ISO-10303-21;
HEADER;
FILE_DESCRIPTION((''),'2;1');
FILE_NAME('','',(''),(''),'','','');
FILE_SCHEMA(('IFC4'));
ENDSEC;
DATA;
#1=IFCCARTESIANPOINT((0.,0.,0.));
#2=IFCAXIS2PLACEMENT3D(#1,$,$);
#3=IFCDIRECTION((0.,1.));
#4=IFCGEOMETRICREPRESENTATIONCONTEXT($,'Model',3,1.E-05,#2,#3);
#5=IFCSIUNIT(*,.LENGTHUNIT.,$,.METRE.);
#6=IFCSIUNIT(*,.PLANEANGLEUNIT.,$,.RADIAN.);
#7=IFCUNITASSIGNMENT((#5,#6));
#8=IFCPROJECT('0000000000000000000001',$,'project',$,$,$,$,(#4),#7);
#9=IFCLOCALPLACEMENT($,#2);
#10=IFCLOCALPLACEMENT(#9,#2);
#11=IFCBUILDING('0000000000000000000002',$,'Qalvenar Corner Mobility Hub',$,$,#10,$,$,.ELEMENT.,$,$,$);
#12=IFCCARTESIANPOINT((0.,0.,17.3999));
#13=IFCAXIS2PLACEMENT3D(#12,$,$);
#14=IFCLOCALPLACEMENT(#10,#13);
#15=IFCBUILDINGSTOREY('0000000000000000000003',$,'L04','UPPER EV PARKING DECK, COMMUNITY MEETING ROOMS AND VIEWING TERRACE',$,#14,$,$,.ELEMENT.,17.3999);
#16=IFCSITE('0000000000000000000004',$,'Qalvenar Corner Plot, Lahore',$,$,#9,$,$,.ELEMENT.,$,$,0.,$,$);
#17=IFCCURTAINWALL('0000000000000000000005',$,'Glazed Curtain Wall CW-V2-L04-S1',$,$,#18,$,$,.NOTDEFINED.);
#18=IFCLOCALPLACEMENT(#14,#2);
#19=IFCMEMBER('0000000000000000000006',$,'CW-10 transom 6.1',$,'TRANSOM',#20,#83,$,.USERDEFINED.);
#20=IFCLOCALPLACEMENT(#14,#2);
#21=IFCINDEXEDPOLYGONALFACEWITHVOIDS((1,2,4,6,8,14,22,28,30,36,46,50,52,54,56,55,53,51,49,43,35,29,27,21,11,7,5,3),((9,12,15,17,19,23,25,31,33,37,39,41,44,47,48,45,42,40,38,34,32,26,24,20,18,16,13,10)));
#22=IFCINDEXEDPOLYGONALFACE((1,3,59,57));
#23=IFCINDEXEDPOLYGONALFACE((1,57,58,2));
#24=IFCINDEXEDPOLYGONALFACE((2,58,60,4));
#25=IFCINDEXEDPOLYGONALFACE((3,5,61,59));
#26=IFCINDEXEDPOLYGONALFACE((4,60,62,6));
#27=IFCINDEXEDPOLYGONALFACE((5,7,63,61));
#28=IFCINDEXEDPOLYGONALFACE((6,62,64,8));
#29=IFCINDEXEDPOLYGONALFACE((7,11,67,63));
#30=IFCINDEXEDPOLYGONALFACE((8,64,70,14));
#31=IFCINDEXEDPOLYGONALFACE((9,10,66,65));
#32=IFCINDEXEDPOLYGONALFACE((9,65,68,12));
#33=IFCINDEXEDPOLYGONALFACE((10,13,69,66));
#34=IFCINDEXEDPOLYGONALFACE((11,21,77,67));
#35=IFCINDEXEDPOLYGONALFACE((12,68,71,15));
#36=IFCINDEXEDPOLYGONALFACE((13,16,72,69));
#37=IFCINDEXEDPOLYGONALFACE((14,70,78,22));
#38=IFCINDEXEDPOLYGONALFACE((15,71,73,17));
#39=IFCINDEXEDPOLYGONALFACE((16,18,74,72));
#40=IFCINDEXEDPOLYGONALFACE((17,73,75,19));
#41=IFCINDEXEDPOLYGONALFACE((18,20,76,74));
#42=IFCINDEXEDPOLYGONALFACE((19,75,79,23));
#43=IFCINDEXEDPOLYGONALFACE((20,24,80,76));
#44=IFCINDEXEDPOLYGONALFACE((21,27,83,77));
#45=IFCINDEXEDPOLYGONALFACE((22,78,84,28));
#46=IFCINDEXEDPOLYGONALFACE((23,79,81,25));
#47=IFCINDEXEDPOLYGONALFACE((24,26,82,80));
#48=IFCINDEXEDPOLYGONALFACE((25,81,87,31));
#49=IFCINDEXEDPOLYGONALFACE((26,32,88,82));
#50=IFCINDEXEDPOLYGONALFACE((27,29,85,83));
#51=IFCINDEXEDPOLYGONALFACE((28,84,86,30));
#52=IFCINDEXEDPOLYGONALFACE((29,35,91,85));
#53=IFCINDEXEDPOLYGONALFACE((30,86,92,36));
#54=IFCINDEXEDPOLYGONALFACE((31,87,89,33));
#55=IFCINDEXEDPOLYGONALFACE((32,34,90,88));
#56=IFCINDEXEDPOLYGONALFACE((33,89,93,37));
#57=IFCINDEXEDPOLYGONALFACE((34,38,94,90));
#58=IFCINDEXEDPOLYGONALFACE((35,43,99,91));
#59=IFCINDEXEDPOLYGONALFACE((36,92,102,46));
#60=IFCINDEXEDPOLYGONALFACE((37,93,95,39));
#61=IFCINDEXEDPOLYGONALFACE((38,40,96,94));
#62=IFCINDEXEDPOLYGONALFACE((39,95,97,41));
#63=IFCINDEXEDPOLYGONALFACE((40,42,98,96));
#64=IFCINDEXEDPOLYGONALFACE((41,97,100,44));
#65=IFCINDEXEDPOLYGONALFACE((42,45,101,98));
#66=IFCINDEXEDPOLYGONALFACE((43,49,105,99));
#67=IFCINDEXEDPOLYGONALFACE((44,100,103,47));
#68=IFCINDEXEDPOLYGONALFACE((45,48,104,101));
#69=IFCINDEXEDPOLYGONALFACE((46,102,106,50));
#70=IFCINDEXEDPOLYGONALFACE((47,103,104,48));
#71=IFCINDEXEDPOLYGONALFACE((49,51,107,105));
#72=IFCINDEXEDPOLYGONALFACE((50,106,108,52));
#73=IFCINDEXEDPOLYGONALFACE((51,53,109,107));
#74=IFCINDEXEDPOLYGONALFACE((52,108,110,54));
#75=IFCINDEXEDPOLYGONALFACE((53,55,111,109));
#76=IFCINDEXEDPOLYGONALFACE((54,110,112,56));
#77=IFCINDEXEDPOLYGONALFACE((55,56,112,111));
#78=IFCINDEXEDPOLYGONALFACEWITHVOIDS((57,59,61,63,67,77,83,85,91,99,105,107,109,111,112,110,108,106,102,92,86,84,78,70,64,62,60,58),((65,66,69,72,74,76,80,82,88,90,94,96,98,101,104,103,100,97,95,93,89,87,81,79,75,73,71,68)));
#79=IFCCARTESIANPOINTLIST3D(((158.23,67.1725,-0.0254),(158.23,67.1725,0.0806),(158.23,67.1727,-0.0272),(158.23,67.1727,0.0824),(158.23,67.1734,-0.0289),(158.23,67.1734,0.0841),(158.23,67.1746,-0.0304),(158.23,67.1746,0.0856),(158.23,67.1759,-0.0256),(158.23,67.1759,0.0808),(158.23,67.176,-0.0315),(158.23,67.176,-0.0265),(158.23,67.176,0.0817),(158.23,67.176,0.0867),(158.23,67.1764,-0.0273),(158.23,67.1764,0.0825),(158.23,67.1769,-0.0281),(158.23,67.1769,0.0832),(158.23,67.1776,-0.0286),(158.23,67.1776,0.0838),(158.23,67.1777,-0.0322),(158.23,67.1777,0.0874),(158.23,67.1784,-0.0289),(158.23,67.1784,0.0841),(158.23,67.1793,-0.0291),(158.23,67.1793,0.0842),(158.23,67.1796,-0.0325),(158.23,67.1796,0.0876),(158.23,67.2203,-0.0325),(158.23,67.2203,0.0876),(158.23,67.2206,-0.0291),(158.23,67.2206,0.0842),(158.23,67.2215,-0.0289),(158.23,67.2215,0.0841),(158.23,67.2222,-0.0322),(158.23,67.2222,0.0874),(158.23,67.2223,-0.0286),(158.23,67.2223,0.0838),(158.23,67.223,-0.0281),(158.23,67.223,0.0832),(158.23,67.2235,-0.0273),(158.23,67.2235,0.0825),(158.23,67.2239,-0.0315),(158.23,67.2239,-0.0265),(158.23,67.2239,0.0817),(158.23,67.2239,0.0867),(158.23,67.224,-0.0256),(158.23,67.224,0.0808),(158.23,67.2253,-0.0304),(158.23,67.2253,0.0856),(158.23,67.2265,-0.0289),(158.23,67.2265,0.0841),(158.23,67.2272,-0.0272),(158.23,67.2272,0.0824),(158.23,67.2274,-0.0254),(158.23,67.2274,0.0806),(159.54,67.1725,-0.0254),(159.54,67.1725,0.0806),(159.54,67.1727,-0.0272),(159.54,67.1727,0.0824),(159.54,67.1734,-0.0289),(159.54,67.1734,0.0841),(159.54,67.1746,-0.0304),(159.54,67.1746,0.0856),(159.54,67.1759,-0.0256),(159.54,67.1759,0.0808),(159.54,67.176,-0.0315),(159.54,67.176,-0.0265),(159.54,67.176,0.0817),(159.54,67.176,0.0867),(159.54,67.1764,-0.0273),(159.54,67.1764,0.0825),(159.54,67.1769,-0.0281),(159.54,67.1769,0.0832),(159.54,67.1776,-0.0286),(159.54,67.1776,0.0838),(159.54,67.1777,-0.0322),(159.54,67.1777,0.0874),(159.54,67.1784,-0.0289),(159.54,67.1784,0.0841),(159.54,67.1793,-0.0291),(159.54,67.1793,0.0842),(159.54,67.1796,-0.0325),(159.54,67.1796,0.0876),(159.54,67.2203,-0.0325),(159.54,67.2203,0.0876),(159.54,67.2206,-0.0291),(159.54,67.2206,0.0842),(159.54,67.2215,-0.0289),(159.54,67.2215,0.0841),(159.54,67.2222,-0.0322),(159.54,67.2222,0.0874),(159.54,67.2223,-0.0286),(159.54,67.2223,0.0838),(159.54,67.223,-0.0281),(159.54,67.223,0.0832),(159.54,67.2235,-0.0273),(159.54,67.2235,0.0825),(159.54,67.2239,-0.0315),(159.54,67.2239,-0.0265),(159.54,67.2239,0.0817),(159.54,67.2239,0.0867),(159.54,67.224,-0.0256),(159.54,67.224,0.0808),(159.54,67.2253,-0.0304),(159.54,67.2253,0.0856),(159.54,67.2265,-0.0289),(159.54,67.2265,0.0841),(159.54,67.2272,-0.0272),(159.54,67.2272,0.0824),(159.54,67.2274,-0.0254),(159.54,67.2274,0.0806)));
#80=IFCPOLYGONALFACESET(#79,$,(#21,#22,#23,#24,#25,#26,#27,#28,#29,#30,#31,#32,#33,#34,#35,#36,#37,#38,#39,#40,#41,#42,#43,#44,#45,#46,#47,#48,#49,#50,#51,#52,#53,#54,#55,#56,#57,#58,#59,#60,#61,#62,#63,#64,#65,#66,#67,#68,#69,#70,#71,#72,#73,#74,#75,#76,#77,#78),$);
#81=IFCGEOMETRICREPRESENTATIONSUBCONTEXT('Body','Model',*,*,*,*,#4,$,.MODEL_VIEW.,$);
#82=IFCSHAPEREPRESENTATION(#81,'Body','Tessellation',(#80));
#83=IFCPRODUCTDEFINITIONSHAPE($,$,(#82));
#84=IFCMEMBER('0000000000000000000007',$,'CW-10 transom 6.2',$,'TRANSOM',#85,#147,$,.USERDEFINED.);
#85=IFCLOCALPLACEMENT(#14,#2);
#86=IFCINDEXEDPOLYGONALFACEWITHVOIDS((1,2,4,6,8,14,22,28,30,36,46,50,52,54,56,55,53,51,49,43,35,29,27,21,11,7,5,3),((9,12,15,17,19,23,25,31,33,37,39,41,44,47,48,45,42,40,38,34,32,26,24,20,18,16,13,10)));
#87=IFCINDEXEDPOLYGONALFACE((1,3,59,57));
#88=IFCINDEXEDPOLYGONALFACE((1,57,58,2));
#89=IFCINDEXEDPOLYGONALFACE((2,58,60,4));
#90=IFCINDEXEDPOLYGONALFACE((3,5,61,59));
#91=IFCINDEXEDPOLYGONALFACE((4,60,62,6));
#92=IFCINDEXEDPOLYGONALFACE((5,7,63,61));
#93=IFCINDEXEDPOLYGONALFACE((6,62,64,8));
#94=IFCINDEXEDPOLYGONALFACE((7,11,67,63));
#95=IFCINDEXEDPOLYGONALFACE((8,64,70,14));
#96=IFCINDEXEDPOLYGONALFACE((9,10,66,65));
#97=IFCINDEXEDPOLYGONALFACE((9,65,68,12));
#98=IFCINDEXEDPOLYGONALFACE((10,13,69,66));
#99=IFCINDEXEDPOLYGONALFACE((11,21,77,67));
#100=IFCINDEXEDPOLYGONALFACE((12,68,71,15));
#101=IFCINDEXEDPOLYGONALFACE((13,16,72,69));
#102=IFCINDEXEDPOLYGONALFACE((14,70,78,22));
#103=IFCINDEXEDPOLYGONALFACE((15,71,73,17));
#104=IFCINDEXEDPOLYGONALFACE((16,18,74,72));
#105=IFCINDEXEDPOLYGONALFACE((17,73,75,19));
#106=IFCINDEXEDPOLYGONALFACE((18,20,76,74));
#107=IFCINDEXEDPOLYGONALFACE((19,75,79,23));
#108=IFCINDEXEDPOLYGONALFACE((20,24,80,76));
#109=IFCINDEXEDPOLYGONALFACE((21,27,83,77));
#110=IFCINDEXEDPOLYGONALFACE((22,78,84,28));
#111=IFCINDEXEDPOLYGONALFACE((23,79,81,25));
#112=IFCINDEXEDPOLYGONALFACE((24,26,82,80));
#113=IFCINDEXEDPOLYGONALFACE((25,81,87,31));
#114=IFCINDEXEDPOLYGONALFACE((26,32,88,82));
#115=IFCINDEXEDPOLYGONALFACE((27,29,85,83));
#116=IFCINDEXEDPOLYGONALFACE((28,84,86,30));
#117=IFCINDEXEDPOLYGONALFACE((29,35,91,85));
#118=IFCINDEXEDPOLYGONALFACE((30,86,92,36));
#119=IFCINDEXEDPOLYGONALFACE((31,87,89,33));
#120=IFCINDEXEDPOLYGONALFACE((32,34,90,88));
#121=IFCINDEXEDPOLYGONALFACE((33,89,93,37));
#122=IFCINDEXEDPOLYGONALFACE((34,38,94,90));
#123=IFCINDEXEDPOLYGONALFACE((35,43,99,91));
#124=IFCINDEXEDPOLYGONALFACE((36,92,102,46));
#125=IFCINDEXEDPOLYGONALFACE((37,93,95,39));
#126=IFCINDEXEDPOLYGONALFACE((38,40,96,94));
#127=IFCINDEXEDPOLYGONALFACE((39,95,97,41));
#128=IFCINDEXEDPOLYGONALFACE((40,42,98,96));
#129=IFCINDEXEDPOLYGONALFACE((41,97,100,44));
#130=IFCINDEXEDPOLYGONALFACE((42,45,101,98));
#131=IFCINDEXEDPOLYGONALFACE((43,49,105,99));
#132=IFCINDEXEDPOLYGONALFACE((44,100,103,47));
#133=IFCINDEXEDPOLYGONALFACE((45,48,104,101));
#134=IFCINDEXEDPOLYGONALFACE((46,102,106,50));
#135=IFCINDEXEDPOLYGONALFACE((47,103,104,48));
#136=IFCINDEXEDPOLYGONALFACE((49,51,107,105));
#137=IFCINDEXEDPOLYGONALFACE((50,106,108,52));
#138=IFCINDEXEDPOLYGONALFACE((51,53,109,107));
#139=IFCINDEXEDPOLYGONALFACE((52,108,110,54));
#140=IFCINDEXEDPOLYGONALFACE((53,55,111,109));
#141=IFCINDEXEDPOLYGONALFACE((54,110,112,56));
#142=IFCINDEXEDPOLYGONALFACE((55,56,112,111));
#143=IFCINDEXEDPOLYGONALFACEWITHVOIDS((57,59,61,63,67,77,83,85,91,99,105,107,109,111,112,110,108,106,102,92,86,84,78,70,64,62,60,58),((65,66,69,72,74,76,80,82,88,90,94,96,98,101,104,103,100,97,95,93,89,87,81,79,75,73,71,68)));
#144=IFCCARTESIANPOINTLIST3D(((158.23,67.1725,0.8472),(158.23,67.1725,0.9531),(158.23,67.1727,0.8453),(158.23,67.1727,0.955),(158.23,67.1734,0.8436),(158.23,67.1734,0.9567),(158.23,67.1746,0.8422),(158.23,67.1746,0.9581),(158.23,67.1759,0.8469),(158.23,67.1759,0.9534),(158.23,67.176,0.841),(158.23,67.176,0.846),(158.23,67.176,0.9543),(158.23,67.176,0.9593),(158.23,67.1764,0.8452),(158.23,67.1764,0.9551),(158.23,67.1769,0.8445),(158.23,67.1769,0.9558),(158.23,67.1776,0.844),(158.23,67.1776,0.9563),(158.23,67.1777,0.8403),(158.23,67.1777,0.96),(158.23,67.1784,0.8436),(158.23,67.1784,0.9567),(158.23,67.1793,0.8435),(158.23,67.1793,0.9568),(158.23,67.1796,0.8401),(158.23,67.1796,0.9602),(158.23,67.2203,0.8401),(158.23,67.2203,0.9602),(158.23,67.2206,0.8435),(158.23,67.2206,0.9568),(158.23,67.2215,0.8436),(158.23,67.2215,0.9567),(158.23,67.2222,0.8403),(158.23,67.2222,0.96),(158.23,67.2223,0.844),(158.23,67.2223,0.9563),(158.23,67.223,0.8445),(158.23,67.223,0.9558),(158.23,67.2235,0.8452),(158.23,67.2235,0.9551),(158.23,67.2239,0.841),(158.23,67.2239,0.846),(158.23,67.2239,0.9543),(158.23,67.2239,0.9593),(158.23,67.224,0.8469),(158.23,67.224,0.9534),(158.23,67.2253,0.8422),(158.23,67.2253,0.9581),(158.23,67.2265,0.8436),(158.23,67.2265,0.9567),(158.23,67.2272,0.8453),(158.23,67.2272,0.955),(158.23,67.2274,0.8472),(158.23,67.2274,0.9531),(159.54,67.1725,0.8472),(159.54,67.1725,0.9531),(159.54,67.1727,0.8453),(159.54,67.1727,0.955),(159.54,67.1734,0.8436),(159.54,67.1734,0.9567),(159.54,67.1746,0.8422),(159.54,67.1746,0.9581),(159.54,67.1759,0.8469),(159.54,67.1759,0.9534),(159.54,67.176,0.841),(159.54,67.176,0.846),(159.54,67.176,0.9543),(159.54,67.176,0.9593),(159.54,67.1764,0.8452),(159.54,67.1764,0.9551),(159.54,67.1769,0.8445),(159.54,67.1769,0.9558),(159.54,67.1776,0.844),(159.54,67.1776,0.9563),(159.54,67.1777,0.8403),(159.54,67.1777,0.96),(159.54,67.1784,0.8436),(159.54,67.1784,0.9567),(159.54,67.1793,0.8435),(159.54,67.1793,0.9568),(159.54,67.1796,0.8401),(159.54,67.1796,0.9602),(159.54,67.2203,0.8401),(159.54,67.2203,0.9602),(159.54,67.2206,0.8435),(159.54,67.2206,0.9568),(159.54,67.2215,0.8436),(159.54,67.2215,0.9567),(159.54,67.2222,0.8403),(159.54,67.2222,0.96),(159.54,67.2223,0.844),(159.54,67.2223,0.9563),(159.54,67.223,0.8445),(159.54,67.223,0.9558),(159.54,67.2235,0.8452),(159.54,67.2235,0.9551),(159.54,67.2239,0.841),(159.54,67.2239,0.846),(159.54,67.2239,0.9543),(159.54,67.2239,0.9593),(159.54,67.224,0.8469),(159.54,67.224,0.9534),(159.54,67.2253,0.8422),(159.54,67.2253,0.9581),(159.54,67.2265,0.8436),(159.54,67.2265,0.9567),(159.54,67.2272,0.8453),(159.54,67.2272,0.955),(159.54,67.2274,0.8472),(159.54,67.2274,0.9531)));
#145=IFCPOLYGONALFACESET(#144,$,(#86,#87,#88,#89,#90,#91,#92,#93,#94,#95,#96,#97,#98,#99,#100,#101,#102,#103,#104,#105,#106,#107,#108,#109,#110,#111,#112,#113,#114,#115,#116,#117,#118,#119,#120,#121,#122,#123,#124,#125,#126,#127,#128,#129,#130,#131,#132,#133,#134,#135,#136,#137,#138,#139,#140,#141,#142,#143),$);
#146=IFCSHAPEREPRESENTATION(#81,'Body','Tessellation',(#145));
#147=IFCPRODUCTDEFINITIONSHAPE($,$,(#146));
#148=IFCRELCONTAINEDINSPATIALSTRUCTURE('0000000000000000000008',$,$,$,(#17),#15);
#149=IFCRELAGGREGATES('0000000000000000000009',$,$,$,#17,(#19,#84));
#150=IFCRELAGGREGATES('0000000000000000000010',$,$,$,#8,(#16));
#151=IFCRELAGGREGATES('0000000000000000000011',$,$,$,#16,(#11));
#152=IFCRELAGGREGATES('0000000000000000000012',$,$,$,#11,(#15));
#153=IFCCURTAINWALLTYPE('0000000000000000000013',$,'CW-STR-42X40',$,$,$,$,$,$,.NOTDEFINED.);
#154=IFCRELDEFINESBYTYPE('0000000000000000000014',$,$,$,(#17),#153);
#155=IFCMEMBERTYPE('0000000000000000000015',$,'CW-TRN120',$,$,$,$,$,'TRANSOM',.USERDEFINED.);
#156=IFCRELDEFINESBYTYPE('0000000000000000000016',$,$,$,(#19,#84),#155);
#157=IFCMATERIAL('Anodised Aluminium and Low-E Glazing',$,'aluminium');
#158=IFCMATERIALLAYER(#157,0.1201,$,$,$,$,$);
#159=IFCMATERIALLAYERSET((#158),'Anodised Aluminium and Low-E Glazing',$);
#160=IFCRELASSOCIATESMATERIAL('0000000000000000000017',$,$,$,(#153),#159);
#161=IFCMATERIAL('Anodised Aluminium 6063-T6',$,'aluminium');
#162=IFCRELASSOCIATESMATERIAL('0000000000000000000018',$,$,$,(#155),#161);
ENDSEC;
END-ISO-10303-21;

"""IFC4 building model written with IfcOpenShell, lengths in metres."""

from ifc_helpers import new_model, si_unit, direction, frame, origin, origin_2d, place, context, subcontext, project, spatial, hollow_rectangle, extrude, material, layer, layer_set, material_profile, profile_set, type_object, element, aggregate, save


model = new_model("IFC4")

# Units and contexts
model_context = context("Model", 3, precision=1e-05, world=origin(), true_north=direction((0.0, 1.0)))
body_context = subcontext(model_context, "Body", "Model", "MODEL_VIEW")
ifc_project = project(units=[si_unit("LENGTHUNIT", "METRE"), si_unit("PLANEANGLEUNIT", "RADIAN")], contexts=[model_context])

# Site, building, storey
site_placement = place(None, origin())
site = spatial("IfcSite", under=ifc_project, at=site_placement, Name="Qalvenar Corner Plot, Lahore", CompositionType="ELEMENT", RefElevation=0.0)
building_placement = place(site_placement, origin())
building = spatial("IfcBuilding", under=site, at=building_placement, Name="Qalvenar Corner Mobility Hub", CompositionType="ELEMENT")
storey_placement = place(building_placement, frame((0.0, 0.0, 17.3999)))
storey = spatial("IfcBuildingStorey", under=building, at=storey_placement, Name="L04", Description="UPPER EV PARKING DECK, COMMUNITY MEETING ROOMS AND VIEWING TERRACE", CompositionType="ELEMENT", Elevation=17.3999)

# Curtain wall, members
ifc_material_1 = material(Name="Anodised Aluminium and Low-E Glazing", Category="aluminium")
ifc_layer_1 = layer(ifc_material_1, 0.1201)
ifc_layer_set_1 = layer_set([ifc_layer_1], Name="Anodised Aluminium and Low-E Glazing")
curtain_wall_type = type_object("IfcCurtainWallType", Name="CW-STR-42X40", PredefinedType="NOTDEFINED", material=ifc_layer_set_1)
curtain_wall_placement = place(storey_placement, origin())
curtain_wall = element("IfcCurtainWall", 1, at=curtain_wall_placement, inside=storey, type_object=curtain_wall_type, Name="Glazed Curtain Wall CW-V2-L04-S1", PredefinedType="NOTDEFINED")
ifc_material_2 = material(Name="Anodised Aluminium 6063-T6", Category="aluminium")
ifc_material_profile_1 = material_profile(ifc_material_2, hollow_rectangle(XDim=0.0549, YDim=0.1201, WallThickness=0.0034, InnerFilletRadius=0.0034, OuterFilletRadius=0.0071, at=origin_2d()), Name="RHS120x55x3.5")
ifc_profile_set_1 = profile_set([ifc_material_profile_1], Name="Anodised Aluminium 6063-T6")
member_type_1 = type_object("IfcMemberType", Name="CW-TRN120", ElementType="TRANSOM", PredefinedType="USERDEFINED", material=ifc_profile_set_1)
member_1_placement = place(storey_placement, frame((158.23, 67.2, 0.0276), z_axis=(1.0, 0.0, 0.0), x_axis=(0.0, 1.0, 0.0)))
member_1 = element("IfcMember", 2, at=member_1_placement, type_object=member_type_1, Name="CW-10 transom 6.1", ObjectType="TRANSOM", PredefinedType="USERDEFINED", context=body_context, shape_type="SweptSolid", body=[
    extrude(hollow_rectangle(XDim=0.0549, YDim=0.1201, WallThickness=0.0034, InnerFilletRadius=0.0034, OuterFilletRadius=0.0071, at=origin_2d()), origin(), (0.0, 0.0, 1.0), 1.3101),
])
member_2_placement = place(storey_placement, frame((158.23, 67.2, 0.9001), z_axis=(1.0, 0.0, 0.0), x_axis=(0.0, 1.0, 0.0)))
member_2 = element("IfcMember", 3, at=member_2_placement, type_object=member_type_1, Name="CW-10 transom 6.2", ObjectType="TRANSOM", PredefinedType="USERDEFINED", context=body_context, shape_type="SweptSolid", body=[
    extrude(hollow_rectangle(XDim=0.0549, YDim=0.1201, WallThickness=0.0034, InnerFilletRadius=0.0034, OuterFilletRadius=0.0071, at=origin_2d()), origin(), (0.0, 0.0, 1.0), 1.3101),
])

aggregate(curtain_wall, [member_1, member_2])

save(model, "model.ifc")
